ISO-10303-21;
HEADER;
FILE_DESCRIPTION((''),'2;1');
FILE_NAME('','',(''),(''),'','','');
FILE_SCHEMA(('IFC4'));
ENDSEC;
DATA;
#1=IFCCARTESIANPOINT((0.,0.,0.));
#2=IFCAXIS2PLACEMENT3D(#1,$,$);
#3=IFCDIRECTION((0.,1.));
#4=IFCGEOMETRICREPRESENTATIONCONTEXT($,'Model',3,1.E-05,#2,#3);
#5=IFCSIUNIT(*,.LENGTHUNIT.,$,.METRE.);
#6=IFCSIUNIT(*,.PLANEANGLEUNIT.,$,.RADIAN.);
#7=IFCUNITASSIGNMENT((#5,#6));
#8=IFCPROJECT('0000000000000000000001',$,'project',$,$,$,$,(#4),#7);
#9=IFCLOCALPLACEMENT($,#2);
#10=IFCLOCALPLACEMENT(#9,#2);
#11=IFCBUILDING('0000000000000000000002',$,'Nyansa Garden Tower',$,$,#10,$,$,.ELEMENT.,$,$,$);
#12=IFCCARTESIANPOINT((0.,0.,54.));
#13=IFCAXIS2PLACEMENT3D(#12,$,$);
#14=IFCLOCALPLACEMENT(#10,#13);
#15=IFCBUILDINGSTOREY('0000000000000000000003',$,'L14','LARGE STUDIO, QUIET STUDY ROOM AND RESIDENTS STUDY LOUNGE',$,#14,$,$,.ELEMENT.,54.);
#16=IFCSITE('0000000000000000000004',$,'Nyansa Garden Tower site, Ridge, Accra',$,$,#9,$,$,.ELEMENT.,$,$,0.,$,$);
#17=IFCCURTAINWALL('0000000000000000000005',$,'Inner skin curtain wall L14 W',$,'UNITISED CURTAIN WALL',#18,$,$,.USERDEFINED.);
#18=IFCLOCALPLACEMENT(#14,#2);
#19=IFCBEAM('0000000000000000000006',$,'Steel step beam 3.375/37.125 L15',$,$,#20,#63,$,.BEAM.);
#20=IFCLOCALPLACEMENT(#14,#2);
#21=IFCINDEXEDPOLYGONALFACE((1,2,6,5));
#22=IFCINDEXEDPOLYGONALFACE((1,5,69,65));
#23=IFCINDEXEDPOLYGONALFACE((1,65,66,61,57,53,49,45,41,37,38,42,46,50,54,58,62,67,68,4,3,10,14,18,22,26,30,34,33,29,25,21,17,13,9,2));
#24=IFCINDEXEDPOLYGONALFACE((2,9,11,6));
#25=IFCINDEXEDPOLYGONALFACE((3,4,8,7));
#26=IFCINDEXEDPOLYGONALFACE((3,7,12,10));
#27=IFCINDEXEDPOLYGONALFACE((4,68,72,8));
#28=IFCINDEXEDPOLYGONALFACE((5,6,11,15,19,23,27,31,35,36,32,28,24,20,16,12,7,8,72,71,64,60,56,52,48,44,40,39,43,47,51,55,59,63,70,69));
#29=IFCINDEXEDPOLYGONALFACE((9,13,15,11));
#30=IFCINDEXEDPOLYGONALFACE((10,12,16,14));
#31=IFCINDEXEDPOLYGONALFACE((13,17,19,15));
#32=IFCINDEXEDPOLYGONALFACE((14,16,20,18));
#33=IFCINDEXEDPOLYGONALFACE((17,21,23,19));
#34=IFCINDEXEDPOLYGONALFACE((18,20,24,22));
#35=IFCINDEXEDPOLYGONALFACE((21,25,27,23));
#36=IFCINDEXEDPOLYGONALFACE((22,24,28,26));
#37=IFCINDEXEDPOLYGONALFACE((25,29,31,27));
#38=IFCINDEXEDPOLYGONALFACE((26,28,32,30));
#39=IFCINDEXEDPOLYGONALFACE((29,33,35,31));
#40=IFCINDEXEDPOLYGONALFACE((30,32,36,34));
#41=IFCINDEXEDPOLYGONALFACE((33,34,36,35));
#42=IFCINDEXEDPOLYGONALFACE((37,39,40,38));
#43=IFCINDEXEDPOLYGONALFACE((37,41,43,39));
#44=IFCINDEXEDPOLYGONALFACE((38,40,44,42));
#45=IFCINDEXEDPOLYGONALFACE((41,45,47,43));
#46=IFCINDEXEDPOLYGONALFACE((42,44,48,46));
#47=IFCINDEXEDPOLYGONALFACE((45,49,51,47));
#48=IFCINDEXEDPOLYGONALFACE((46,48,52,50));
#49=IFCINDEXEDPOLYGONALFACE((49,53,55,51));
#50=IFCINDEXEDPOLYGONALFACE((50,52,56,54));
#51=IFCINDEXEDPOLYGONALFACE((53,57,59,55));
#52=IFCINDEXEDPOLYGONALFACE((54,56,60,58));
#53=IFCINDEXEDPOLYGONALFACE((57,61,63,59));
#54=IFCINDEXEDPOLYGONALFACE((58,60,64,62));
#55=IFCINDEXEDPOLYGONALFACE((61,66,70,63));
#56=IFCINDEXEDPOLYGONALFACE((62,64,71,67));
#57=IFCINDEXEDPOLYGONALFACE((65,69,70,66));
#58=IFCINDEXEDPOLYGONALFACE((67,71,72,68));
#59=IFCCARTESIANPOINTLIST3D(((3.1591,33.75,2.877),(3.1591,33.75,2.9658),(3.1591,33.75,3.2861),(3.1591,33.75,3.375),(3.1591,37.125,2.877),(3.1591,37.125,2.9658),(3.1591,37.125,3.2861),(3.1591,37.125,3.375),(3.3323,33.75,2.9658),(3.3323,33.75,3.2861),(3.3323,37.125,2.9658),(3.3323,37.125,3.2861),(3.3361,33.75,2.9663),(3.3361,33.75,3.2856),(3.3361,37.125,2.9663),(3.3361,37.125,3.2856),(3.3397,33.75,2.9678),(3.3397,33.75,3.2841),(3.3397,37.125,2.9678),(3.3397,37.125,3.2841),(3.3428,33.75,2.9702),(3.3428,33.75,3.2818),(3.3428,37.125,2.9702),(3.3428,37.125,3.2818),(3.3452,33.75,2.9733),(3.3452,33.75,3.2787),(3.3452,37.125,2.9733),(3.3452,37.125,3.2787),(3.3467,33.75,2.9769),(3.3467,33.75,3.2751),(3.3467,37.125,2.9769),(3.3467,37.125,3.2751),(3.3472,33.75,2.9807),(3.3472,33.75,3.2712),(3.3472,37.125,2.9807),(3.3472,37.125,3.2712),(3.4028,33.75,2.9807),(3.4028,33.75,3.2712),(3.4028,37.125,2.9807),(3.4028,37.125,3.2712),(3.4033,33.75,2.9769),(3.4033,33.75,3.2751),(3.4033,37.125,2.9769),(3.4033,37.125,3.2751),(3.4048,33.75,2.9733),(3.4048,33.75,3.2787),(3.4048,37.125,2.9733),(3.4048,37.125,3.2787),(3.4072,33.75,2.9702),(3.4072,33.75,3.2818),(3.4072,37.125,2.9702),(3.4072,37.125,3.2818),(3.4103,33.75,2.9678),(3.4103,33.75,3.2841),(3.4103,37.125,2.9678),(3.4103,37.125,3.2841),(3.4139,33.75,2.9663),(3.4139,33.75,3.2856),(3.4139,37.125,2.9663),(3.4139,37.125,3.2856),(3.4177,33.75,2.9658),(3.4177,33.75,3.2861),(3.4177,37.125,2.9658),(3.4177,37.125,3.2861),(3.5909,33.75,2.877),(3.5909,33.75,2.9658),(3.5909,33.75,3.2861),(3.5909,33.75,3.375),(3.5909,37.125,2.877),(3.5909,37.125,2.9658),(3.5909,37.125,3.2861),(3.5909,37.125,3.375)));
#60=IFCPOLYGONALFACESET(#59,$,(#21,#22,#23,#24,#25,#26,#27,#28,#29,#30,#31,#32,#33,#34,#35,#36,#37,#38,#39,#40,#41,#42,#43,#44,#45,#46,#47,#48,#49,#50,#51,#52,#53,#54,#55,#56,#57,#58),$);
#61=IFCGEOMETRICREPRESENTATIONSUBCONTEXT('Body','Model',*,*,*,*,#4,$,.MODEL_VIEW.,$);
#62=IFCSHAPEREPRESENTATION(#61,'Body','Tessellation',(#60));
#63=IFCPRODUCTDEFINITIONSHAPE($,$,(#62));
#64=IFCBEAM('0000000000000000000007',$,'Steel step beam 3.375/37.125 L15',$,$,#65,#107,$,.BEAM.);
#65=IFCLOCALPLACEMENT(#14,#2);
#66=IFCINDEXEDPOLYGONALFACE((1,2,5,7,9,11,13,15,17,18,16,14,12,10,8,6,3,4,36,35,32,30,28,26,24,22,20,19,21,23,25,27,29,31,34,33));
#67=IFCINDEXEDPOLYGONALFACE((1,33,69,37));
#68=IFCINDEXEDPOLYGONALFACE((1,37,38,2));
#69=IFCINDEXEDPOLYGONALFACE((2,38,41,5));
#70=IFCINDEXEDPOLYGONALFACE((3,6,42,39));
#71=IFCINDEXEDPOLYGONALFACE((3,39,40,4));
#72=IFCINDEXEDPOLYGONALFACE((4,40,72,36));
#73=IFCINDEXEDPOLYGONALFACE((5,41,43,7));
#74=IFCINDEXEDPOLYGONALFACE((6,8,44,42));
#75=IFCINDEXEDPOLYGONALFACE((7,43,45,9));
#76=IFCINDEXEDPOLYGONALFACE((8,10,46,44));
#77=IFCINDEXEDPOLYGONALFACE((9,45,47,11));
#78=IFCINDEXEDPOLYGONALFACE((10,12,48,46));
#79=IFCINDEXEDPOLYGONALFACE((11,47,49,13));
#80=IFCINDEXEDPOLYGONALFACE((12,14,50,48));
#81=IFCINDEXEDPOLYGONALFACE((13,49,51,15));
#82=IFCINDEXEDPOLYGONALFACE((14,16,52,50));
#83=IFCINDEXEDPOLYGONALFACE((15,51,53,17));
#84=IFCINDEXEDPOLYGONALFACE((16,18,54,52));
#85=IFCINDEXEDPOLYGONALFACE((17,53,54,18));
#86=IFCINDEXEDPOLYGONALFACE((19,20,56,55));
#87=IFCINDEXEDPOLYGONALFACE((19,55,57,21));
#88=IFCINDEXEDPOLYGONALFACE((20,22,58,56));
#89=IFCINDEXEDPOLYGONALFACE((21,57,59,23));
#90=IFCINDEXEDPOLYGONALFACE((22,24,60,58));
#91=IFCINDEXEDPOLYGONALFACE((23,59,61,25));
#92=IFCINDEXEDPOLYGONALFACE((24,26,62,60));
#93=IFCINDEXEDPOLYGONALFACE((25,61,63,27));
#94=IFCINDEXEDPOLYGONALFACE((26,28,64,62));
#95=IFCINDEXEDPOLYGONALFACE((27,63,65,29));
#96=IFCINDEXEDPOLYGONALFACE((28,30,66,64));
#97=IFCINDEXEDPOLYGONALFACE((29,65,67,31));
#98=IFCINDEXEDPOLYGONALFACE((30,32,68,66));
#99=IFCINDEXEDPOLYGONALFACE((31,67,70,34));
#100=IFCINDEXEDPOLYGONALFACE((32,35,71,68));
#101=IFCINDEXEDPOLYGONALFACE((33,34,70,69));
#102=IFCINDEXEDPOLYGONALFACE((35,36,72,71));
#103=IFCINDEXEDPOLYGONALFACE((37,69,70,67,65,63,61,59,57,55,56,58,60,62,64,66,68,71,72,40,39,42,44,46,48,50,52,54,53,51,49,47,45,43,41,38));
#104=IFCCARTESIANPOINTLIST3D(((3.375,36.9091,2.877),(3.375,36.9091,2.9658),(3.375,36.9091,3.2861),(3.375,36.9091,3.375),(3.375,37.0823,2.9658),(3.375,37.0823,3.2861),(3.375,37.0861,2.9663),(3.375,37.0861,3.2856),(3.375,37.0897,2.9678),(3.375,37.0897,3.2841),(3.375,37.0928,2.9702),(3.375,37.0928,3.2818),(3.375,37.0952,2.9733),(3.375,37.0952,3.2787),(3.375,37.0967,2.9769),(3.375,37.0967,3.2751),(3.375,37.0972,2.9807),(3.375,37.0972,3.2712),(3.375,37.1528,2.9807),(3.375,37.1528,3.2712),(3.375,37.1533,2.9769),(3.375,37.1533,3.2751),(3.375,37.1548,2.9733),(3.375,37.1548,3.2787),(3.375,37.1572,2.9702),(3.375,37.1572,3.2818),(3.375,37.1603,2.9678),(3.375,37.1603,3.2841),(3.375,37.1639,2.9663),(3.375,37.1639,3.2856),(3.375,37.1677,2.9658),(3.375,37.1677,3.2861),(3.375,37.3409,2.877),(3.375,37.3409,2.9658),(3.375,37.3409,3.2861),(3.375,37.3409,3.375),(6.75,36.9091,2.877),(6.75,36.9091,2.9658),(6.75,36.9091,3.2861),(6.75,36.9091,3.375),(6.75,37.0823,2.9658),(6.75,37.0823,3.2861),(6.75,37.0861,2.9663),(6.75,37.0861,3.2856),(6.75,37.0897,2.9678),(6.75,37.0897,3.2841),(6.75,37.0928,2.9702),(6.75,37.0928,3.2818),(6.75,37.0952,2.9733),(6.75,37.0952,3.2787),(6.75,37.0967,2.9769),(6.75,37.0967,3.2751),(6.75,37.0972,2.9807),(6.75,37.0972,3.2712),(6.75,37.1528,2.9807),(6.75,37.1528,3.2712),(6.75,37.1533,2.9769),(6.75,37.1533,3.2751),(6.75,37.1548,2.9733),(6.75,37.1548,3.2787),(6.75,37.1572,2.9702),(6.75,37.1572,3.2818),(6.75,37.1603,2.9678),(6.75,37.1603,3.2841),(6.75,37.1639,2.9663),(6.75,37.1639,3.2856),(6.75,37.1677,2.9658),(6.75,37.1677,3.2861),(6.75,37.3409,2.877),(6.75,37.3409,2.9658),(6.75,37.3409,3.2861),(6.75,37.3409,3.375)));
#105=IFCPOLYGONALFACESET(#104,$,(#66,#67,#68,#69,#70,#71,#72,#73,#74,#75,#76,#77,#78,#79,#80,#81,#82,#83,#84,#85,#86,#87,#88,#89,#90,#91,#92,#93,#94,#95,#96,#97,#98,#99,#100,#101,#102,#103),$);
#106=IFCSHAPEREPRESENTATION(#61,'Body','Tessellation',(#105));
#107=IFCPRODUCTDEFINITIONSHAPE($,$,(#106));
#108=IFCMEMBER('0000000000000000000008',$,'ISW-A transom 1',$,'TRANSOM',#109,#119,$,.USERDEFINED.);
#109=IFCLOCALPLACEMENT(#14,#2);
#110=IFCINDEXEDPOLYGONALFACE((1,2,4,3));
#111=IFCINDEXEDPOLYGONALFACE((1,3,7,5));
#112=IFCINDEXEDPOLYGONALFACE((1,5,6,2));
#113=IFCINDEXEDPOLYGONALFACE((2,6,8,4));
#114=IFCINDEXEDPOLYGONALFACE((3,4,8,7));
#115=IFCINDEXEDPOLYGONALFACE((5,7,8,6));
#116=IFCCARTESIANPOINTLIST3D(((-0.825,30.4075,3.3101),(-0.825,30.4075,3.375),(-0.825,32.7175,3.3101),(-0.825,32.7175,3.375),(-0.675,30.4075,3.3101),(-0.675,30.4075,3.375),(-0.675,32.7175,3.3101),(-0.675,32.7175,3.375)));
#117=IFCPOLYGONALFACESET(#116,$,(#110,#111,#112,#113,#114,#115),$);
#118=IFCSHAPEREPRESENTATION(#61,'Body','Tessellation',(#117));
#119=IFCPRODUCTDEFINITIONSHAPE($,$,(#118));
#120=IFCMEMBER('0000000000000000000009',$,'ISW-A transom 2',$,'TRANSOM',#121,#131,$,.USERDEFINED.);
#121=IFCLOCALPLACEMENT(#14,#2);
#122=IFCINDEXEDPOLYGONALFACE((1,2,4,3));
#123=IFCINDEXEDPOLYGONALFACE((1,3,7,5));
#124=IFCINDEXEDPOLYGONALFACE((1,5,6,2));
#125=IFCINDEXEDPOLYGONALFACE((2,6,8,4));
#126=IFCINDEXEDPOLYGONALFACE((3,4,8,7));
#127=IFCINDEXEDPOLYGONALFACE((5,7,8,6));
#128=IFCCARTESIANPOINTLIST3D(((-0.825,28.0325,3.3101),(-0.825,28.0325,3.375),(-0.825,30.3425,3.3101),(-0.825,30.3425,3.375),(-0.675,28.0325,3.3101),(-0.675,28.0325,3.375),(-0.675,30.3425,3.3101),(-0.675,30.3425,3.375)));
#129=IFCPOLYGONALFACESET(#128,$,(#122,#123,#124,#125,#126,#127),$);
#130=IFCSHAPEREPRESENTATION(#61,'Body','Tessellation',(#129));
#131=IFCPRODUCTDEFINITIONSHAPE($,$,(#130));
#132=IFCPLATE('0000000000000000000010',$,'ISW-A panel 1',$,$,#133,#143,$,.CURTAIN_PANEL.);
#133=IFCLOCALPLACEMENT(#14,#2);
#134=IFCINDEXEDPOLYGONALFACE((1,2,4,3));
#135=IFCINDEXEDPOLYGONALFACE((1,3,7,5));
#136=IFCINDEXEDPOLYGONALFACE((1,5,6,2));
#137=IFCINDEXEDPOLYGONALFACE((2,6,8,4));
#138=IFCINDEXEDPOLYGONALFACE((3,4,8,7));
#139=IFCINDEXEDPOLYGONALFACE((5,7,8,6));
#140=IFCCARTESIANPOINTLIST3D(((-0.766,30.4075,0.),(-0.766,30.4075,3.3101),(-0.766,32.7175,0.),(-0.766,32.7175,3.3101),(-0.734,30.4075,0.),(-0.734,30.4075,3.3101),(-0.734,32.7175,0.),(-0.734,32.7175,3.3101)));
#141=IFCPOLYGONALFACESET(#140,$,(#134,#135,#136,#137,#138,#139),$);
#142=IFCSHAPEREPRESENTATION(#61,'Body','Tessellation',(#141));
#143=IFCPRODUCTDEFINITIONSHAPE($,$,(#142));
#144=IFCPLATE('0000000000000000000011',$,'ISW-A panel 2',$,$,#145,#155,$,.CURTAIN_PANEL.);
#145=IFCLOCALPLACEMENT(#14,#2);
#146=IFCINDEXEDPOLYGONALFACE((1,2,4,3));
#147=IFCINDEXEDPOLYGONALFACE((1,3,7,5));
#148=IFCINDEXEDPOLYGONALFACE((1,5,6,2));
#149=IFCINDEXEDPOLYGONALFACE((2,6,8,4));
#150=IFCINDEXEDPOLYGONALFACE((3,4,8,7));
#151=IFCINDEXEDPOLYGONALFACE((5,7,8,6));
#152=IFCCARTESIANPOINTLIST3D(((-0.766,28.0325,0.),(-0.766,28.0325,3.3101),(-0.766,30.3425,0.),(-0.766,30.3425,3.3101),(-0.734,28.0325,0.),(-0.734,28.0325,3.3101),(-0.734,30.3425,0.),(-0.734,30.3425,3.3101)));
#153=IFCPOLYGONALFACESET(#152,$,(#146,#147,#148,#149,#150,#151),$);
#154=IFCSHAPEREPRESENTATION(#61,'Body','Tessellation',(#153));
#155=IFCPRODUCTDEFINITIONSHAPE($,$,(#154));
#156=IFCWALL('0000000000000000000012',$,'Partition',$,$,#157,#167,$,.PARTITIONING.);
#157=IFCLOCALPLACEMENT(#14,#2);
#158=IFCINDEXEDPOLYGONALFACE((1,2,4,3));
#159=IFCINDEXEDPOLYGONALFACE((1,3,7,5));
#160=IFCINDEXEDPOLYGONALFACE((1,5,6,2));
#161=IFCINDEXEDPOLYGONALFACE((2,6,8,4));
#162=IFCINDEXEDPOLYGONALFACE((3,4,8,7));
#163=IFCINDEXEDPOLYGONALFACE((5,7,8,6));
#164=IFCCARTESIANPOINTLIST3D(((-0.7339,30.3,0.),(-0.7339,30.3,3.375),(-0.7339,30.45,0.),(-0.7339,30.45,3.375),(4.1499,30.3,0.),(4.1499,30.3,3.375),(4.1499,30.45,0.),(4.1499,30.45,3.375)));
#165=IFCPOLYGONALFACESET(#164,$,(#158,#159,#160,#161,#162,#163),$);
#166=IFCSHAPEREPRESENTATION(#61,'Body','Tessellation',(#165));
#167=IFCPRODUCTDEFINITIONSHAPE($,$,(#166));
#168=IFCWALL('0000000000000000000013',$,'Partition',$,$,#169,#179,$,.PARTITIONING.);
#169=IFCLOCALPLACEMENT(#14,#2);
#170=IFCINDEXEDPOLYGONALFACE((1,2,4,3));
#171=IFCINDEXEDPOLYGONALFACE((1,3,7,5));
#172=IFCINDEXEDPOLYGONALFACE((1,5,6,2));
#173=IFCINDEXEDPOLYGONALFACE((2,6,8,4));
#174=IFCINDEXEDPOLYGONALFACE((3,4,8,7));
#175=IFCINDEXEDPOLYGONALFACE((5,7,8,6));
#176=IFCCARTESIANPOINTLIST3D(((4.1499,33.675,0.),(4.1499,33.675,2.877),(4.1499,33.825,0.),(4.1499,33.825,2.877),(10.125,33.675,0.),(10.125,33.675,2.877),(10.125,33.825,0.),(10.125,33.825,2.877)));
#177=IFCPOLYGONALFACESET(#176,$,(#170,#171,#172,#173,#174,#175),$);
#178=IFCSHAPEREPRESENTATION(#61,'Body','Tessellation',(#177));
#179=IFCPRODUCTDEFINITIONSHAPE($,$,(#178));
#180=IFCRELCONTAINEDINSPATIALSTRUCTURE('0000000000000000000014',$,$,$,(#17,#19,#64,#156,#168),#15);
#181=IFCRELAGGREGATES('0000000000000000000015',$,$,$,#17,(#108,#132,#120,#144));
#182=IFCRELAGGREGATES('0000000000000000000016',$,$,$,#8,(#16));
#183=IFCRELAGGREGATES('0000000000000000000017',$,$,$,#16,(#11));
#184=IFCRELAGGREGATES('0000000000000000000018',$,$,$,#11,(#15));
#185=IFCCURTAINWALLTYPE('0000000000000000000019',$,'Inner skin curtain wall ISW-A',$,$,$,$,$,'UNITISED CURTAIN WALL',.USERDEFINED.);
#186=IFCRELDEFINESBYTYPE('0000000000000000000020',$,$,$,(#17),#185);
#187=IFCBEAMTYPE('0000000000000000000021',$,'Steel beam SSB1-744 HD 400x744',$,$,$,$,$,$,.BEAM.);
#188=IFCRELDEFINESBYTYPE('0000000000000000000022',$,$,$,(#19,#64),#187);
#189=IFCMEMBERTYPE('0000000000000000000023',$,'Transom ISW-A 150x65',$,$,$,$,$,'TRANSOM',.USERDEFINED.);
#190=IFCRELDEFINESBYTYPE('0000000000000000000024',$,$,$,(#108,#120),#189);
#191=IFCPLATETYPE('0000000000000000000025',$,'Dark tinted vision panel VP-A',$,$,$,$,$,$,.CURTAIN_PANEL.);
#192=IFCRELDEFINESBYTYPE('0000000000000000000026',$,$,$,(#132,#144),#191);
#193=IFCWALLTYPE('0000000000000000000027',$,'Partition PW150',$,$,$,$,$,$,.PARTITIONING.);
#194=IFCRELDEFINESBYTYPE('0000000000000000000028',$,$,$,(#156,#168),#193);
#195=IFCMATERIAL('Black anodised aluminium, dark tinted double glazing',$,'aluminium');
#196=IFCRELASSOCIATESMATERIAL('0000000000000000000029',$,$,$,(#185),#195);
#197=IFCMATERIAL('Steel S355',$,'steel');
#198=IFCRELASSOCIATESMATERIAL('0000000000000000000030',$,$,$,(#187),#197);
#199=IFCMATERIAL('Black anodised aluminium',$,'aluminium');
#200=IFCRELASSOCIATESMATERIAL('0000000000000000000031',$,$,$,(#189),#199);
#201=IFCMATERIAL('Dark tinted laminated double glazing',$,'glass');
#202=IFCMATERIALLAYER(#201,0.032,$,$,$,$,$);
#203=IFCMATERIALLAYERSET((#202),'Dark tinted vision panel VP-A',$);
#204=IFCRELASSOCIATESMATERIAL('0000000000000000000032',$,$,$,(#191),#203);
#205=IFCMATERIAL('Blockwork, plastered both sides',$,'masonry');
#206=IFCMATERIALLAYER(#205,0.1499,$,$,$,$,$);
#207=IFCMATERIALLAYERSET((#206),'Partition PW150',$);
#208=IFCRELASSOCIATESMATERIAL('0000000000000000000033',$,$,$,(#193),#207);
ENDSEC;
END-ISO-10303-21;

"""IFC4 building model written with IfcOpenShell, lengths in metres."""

from ifc_helpers import new_model, si_unit, direction, frame, frame_2d, origin, origin_2d, place, context, subcontext, project, spatial, rectangle, i_section, extrude, material, layer, layer_set, material_profile, profile_set, type_object, element, aggregate, save


model = new_model("IFC4")

# Units and contexts
model_context = context("Model", 3, precision=1e-05, world=origin(), true_north=direction((0.0, 1.0)))
body_context = subcontext(model_context, "Body", "Model", "MODEL_VIEW")
ifc_project = project(units=[si_unit("LENGTHUNIT", "METRE"), si_unit("PLANEANGLEUNIT", "RADIAN")], contexts=[model_context])

# Site, building, storey
site_placement = place(None, origin())
site = spatial("IfcSite", under=ifc_project, at=site_placement, Name="Nyansa Garden Tower site, Ridge, Accra", CompositionType="ELEMENT", RefElevation=0.0)
building_placement = place(site_placement, origin())
building = spatial("IfcBuilding", under=site, at=building_placement, Name="Nyansa Garden Tower", CompositionType="ELEMENT")
storey_placement = place(building_placement, frame((0.0, 0.0, 54.0)))
storey = spatial("IfcBuildingStorey", under=building, at=storey_placement, Name="L14", Description="LARGE STUDIO, QUIET STUDY ROOM AND RESIDENTS STUDY LOUNGE", CompositionType="ELEMENT", Elevation=54.0)

# Curtain wall
ifc_material_1 = material(Name="Black anodised aluminium, dark tinted double glazing", Category="aluminium")
curtain_wall_type = type_object("IfcCurtainWallType", Name="Inner skin curtain wall ISW-A", ElementType="UNITISED CURTAIN WALL", PredefinedType="USERDEFINED", material=ifc_material_1)
curtain_wall_placement = place(storey_placement, origin())
curtain_wall = element("IfcCurtainWall", 1, at=curtain_wall_placement, inside=storey, type_object=curtain_wall_type, Name="Inner skin curtain wall L14 W", ObjectType="UNITISED CURTAIN WALL", PredefinedType="USERDEFINED")

# Beams
ifc_material_2 = material(Name="Steel S355", Category="steel")
ifc_material_profile_1 = material_profile(ifc_material_2, i_section(OverallWidth=0.4319, OverallDepth=0.498, WebThickness=0.0557, FlangeThickness=0.0889, FilletRadius=0.0149, at=origin_2d()), Name="HD 400x744")
ifc_profile_set_1 = profile_set([ifc_material_profile_1], Name="Steel S355")
beam_type_1 = type_object("IfcBeamType", Name="Steel beam SSB1-744 HD 400x744", PredefinedType="BEAM", material=ifc_profile_set_1)
for number, where, z_axis, x_axis, name in (
    (2, (3.375, 37.125, 3.126), (0.0, -1.0, 0.0), (1.0, 0.0, 0.0), "Steel step beam 3.375/37.125 L15"),
    (3, (3.375, 37.125, 3.126), (1.0, 0.0, 0.0), (0.0, 1.0, 0.0), "Steel step beam 3.375/37.125 L15"),
):
    element("IfcBeam", number, at=place(storey_placement, frame(where, z_axis=z_axis, x_axis=x_axis)), inside=storey, type_object=beam_type_1, Name=name, PredefinedType="BEAM", context=body_context, shape_type="SweptSolid", body=[
        extrude(i_section(OverallWidth=0.4319, OverallDepth=0.498, WebThickness=0.0557, FlangeThickness=0.0889, FilletRadius=0.0149, at=origin_2d()), origin(), (0.0, 0.0, 1.0), 3.375),
    ])

# Members
ifc_material_3 = material(Name="Black anodised aluminium", Category="aluminium")
ifc_material_profile_2 = material_profile(ifc_material_3, rectangle(XDim=0.1499, YDim=0.0649, at=origin_2d()), Name="Transom 150x65")
ifc_profile_set_2 = profile_set([ifc_material_profile_2], Name="Black anodised aluminium")
member_type_1 = type_object("IfcMemberType", Name="Transom ISW-A 150x65", ElementType="TRANSOM", PredefinedType="USERDEFINED", material=ifc_profile_set_2)
member_1_placement = place(storey_placement, frame((-0.75, 32.7175, 3.3425), z_axis=(0.0, -1.0, 0.0), x_axis=(1.0, 0.0, 0.0)))
member_1 = element("IfcMember", 4, at=member_1_placement, type_object=member_type_1, Name="ISW-A transom 1", ObjectType="TRANSOM", PredefinedType="USERDEFINED", context=body_context, shape_type="SweptSolid", body=[
    extrude(rectangle(XDim=0.1499, YDim=0.0649, at=origin_2d()), origin(), (0.0, 0.0, 1.0), 2.3101),
])
member_2_placement = place(storey_placement, frame((-0.75, 30.3425, 3.3425), z_axis=(0.0, -1.0, 0.0), x_axis=(1.0, 0.0, 0.0)))
member_2 = element("IfcMember", 5, at=member_2_placement, type_object=member_type_1, Name="ISW-A transom 2", ObjectType="TRANSOM", PredefinedType="USERDEFINED", context=body_context, shape_type="SweptSolid", body=[
    extrude(rectangle(XDim=0.1499, YDim=0.0649, at=origin_2d()), origin(), (0.0, 0.0, 1.0), 2.3101),
])

# Plates
ifc_material_4 = material(Name="Dark tinted laminated double glazing", Category="glass")
ifc_layer_1 = layer(ifc_material_4, 0.032)
ifc_layer_set_1 = layer_set([ifc_layer_1], Name="Dark tinted vision panel VP-A")
plate_type = type_object("IfcPlateType", Name="Dark tinted vision panel VP-A", PredefinedType="CURTAIN_PANEL", material=ifc_layer_set_1)
plate_1_placement = place(storey_placement, frame((-0.75, 31.5625, 0.0), z_axis=(0.0, 0.0, 1.0), x_axis=(0.0, -1.0, 0.0)))
plate_1 = element("IfcPlate", 6, at=plate_1_placement, type_object=plate_type, Name="ISW-A panel 1", PredefinedType="CURTAIN_PANEL", context=body_context, shape_type="SweptSolid", body=[
    extrude(rectangle(XDim=2.3101, YDim=0.032, at=origin_2d()), origin(), (0.0, 0.0, 1.0), 3.3101),
])
plate_2_placement = place(storey_placement, frame((-0.75, 29.1875, 0.0), z_axis=(0.0, 0.0, 1.0), x_axis=(0.0, -1.0, 0.0)))
plate_2 = element("IfcPlate", 7, at=plate_2_placement, type_object=plate_type, Name="ISW-A panel 2", PredefinedType="CURTAIN_PANEL", context=body_context, shape_type="SweptSolid", body=[
    extrude(rectangle(XDim=2.3101, YDim=0.032, at=origin_2d()), origin(), (0.0, 0.0, 1.0), 3.3101),
])
aggregate(curtain_wall, [member_1, plate_1, member_2, plate_2])

# Walls
ifc_material_5 = material(Name="Blockwork, plastered both sides", Category="masonry")
ifc_layer_2 = layer(ifc_material_5, 0.1499)
ifc_layer_set_2 = layer_set([ifc_layer_2], Name="Partition PW150")
wall_type_1 = type_object("IfcWallType", Name="Partition PW150", PredefinedType="PARTITIONING", material=ifc_layer_set_2)
wall_1_placement = place(storey_placement, frame((-0.7339, 30.375, 0.0), z_axis=(0.0, 0.0, 1.0), x_axis=(1.0, 0.0, 0.0)))
element("IfcWall", 8, at=wall_1_placement, inside=storey, type_object=wall_type_1, Name="Partition", PredefinedType="PARTITIONING", context=body_context, shape_type="SweptSolid", body=[
    extrude(rectangle(XDim=4.8838, YDim=0.1499, at=frame_2d((2.4419, 0.0))), origin(), (0.0, 0.0, 1.0), 3.375),
])
wall_2_placement = place(storey_placement, frame((4.1499, 33.75, 0.0), z_axis=(0.0, 0.0, 1.0), x_axis=(1.0, 0.0, 0.0)))
element("IfcWall", 9, at=wall_2_placement, inside=storey, type_object=wall_type_1, Name="Partition", PredefinedType="PARTITIONING", context=body_context, shape_type="SweptSolid", body=[
    extrude(rectangle(XDim=5.9751, YDim=0.1499, at=frame_2d((2.9875, 0.0))), origin(), (0.0, 0.0, 1.0), 2.877),
])

save(model, "model.ifc")
